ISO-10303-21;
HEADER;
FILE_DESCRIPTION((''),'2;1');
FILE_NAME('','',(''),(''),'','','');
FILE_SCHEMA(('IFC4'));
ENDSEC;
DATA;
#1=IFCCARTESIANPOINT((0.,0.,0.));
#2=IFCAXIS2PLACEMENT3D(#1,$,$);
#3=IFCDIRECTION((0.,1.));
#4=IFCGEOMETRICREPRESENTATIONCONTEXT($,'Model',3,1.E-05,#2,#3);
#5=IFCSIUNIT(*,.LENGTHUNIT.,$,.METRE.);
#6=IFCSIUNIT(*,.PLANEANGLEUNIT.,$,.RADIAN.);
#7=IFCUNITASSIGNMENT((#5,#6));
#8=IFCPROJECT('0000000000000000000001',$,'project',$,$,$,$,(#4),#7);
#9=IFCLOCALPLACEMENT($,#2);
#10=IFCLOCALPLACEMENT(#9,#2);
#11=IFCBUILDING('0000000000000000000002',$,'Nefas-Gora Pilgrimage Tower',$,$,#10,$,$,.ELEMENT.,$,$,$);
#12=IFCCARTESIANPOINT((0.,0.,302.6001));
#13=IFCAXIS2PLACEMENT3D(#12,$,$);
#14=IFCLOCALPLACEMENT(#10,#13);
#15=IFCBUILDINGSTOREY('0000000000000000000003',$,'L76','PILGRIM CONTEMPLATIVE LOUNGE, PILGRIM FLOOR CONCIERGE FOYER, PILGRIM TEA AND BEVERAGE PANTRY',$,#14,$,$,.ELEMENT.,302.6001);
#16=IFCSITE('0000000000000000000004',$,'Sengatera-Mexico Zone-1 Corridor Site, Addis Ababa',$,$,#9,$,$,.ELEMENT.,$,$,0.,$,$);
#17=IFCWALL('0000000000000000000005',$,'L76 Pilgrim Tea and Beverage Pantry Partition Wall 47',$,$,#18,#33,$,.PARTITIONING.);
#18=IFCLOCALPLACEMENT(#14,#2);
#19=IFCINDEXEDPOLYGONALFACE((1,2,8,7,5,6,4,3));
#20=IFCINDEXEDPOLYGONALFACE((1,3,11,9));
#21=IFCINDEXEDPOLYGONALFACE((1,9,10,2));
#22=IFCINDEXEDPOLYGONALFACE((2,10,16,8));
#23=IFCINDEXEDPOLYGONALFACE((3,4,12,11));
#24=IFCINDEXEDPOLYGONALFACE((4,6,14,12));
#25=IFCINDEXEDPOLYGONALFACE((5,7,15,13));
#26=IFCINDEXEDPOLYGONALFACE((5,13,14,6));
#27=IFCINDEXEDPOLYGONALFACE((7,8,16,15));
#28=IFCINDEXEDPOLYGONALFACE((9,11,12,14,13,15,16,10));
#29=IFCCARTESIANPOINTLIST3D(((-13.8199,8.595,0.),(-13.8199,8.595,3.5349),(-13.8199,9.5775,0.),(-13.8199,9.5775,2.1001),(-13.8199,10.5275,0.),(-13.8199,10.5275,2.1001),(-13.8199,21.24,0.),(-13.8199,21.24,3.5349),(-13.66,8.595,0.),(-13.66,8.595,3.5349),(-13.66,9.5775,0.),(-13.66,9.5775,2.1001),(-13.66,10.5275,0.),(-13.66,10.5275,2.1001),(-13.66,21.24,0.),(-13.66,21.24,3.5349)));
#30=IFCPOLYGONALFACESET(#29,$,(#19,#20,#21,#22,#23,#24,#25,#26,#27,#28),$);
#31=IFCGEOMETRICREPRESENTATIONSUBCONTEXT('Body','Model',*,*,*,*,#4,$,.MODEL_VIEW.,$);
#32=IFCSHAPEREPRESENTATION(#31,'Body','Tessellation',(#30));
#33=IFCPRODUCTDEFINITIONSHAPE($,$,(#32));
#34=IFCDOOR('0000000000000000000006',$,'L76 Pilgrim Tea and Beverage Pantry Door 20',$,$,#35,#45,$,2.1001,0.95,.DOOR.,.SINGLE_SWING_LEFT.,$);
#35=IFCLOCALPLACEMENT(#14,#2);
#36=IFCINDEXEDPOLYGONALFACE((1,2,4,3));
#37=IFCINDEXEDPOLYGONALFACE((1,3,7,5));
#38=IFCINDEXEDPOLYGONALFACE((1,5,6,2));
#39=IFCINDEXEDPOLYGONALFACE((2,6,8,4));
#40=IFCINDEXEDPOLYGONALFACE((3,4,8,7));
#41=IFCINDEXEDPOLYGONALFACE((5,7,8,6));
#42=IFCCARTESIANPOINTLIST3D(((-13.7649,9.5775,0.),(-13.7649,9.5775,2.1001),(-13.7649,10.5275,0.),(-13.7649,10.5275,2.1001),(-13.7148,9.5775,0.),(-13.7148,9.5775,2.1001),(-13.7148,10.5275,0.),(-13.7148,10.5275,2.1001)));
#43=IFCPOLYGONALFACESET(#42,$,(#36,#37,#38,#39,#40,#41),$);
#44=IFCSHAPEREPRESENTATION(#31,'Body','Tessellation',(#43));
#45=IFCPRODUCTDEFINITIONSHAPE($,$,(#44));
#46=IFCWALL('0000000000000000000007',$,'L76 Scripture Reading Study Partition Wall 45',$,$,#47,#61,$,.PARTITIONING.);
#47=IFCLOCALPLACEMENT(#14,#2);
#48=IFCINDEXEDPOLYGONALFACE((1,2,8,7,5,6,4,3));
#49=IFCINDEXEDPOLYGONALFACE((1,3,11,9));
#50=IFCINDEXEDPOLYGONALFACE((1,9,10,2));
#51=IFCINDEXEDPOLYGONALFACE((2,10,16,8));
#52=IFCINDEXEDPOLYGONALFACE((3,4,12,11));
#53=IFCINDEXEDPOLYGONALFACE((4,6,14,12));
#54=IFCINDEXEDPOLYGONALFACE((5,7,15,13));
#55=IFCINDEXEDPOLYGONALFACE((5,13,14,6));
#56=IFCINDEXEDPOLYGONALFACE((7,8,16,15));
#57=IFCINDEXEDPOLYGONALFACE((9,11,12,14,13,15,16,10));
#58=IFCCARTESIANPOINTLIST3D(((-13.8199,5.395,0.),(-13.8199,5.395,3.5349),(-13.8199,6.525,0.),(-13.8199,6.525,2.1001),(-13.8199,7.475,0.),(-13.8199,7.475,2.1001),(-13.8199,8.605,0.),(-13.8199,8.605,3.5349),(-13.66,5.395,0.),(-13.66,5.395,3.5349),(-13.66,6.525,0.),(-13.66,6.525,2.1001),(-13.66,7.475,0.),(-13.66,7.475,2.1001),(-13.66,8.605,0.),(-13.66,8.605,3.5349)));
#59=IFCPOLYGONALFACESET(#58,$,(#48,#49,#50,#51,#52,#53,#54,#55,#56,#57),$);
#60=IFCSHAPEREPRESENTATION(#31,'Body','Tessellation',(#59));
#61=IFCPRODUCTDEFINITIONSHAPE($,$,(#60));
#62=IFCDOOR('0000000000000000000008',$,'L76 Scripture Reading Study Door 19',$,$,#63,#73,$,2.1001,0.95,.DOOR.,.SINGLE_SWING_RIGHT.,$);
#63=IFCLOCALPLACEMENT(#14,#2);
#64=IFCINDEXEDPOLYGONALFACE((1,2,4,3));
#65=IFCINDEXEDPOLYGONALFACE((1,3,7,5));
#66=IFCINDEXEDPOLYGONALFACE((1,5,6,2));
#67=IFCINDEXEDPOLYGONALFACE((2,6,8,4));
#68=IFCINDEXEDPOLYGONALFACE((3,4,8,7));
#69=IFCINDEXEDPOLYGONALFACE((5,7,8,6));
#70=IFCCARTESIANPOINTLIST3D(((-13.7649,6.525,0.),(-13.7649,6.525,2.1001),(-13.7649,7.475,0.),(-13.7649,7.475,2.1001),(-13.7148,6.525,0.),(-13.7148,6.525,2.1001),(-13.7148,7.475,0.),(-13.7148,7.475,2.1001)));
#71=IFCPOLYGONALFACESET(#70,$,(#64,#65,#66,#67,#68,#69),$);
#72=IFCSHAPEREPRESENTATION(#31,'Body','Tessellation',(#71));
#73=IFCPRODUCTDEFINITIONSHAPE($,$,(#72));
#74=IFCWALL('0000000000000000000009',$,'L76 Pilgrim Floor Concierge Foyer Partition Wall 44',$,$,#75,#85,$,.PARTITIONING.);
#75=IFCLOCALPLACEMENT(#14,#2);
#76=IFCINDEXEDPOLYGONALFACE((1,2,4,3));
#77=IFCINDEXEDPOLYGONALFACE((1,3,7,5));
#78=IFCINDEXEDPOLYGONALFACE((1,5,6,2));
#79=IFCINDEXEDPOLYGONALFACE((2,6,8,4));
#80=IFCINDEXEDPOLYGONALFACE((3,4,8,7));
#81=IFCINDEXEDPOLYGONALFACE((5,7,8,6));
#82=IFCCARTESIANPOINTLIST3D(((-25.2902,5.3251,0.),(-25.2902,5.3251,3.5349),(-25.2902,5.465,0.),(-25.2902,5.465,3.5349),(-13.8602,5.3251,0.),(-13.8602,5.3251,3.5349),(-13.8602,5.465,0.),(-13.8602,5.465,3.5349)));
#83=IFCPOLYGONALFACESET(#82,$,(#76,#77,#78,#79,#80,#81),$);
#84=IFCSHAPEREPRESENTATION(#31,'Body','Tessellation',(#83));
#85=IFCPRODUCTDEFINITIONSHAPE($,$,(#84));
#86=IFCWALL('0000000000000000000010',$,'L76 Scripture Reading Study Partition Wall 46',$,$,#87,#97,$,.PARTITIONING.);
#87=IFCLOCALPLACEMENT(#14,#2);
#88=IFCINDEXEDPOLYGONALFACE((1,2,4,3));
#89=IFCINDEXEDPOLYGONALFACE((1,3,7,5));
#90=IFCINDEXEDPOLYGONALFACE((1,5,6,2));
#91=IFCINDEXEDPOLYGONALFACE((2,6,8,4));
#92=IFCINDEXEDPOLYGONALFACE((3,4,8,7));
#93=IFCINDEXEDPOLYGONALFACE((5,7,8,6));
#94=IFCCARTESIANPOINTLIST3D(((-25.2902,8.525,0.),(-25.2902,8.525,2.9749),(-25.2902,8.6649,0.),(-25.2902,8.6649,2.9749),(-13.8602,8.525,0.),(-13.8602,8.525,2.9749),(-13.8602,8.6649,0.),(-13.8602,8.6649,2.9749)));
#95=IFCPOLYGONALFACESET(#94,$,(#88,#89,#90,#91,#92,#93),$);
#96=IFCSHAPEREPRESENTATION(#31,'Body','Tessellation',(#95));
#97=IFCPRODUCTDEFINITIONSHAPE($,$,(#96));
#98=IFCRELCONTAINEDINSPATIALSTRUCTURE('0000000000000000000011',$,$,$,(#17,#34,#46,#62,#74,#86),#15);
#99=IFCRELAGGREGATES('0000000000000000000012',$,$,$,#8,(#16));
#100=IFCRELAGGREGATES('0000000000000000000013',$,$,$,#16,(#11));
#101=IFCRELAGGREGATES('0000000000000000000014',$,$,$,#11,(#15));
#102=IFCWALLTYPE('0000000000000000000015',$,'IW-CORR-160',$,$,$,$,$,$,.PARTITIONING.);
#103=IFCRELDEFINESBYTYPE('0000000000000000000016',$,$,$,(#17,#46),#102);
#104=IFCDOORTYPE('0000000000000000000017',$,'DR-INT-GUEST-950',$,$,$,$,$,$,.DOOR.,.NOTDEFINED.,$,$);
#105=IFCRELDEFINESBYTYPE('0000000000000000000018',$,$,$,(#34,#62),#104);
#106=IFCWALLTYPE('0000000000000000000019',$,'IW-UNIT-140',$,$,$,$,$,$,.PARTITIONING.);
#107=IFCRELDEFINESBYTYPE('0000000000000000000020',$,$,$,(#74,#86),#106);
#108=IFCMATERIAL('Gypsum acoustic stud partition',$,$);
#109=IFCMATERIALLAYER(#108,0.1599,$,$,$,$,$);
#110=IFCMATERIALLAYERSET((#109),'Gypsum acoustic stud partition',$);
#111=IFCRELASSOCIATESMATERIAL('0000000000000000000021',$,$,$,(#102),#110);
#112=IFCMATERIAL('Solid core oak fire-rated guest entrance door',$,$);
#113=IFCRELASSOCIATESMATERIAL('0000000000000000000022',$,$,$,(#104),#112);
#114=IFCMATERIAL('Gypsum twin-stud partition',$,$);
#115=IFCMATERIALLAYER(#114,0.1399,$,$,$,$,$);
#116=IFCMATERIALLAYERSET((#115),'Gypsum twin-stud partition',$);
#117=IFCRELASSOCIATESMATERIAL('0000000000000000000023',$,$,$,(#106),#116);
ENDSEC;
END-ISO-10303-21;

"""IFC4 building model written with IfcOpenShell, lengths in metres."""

from ifc_helpers import new_model, si_unit, direction, frame, frame_2d, origin, place, context, subcontext, project, spatial, rectangle, extrude, source, transform, mapped, material, layer, layer_set, type_object, element, fill, save


model = new_model("IFC4")

# Units and contexts
model_context = context("Model", 3, precision=1e-05, world=origin(), true_north=direction((0.0, 1.0)))
body_context = subcontext(model_context, "Body", "Model", "MODEL_VIEW")
ifc_project = project(units=[si_unit("LENGTHUNIT", "METRE"), si_unit("PLANEANGLEUNIT", "RADIAN")], contexts=[model_context])

# Site, building, storey
site_placement = place(None, origin())
site = spatial("IfcSite", under=ifc_project, at=site_placement, Name="Sengatera-Mexico Zone-1 Corridor Site, Addis Ababa", CompositionType="ELEMENT", RefElevation=0.0)
building_placement = place(site_placement, origin())
building = spatial("IfcBuilding", under=site, at=building_placement, Name="Nefas-Gora Pilgrimage Tower", CompositionType="ELEMENT")
storey_placement = place(building_placement, frame((0.0, 0.0, 302.6001)))
storey = spatial("IfcBuildingStorey", under=building, at=storey_placement, Name="L76", Description="PILGRIM CONTEMPLATIVE LOUNGE, PILGRIM FLOOR CONCIERGE FOYER, PILGRIM TEA AND BEVERAGE PANTRY", CompositionType="ELEMENT", Elevation=302.6001)

# Walls, openings, doors
ifc_material_1 = material(Name="Gypsum acoustic stud partition")
ifc_layer_1 = layer(ifc_material_1, 0.1599)
ifc_layer_set_1 = layer_set([ifc_layer_1], Name="Gypsum acoustic stud partition")
wall_type_1 = type_object("IfcWallType", Name="IW-CORR-160", PredefinedType="PARTITIONING", material=ifc_layer_set_1)
shared_shape_1 = source(origin(), body_context, "Body", "SweptSolid", [
    extrude(rectangle(XDim=12.645, YDim=0.1599, at=frame_2d((6.3225, 0.0))), origin(), (0.0, 0.0, 1.0), 3.5349),
])
wall_1_placement = place(storey_placement, frame((-13.74, 8.595, 0.0), z_axis=(0.0, 0.0, 1.0), x_axis=(0.0, 1.0, 0.0)))
wall_1 = element("IfcWall", 1, at=wall_1_placement, inside=storey, type_object=wall_type_1, Name="L76 Pilgrim Tea and Beverage Pantry Partition Wall 47", PredefinedType="PARTITIONING", context=body_context, shape_type="MappedRepresentation", body=[
    mapped(shared_shape_1, transform((0.0, 0.0, 0.0), x_axis=(1.0, 0.0, 0.0), y_axis=(0.0, 1.0, 0.0), z_axis=(0.0, 0.0, 1.0), scale=1.0)),
])
opening_1_placement = place(wall_1_placement, frame((0.9824, 0.0, 0.0)))
opening_1 = element("IfcOpeningElement", 2, at=opening_1_placement, cuts=wall_1, PredefinedType="OPENING", context=body_context, shape_type="SweptSolid", body=[
    extrude(rectangle(XDim=0.95, YDim=2.1001, at=frame_2d((0.4751, 1.05))), frame((0.0, 0.0898, 0.0), z_axis=(0.0, -1.0, 0.0), x_axis=(1.0, 0.0, 0.0)), (0.0, 0.0, 1.0), 0.1799),
])
ifc_material_2 = material(Name="Solid core oak fire-rated guest entrance door")
door_type = type_object("IfcDoorType", Name="DR-INT-GUEST-950", OperationType="NOTDEFINED", PredefinedType="DOOR", material=ifc_material_2)
shared_shape_2 = source(origin(), body_context, "Body", "SweptSolid", [
    extrude(rectangle(XDim=0.95, YDim=2.1001, at=frame_2d((0.4751, 1.05))), frame((0.0, 0.0249, 0.0), z_axis=(0.0, -1.0, 0.0), x_axis=(1.0, 0.0, 0.0)), (0.0, 0.0, 1.0), 0.05),
])
door_1_placement = place(opening_1_placement, origin())
door_1 = element("IfcDoor", 3, at=door_1_placement, inside=storey, type_object=door_type, Name="L76 Pilgrim Tea and Beverage Pantry Door 20", OperationType="SINGLE_SWING_LEFT", OverallHeight=2.1001, OverallWidth=0.95, PredefinedType="DOOR", context=body_context, shape_type="MappedRepresentation", body=[
    mapped(shared_shape_2, transform((0.0, 0.0, 0.0), x_axis=(1.0, 0.0, 0.0), y_axis=(0.0, 1.0, 0.0), z_axis=(0.0, 0.0, 1.0), scale=1.0)),
])
fill(opening_1, door_1)
shared_shape_3 = source(origin(), body_context, "Body", "SweptSolid", [
    extrude(rectangle(XDim=3.21, YDim=0.1599, at=frame_2d((1.605, 0.0))), origin(), (0.0, 0.0, 1.0), 3.5349),
])
wall_2_placement = place(storey_placement, frame((-13.74, 5.395, 0.0), z_axis=(0.0, 0.0, 1.0), x_axis=(0.0, 1.0, 0.0)))
wall_2 = element("IfcWall", 4, at=wall_2_placement, inside=storey, type_object=wall_type_1, Name="L76 Scripture Reading Study Partition Wall 45", PredefinedType="PARTITIONING", context=body_context, shape_type="MappedRepresentation", body=[
    mapped(shared_shape_3, transform((0.0, 0.0, 0.0), x_axis=(1.0, 0.0, 0.0), y_axis=(0.0, 1.0, 0.0), z_axis=(0.0, 0.0, 1.0), scale=1.0)),
])
opening_2_placement = place(wall_2_placement, frame((1.1299, 0.0, 0.0)))
opening_2 = element("IfcOpeningElement", 5, at=opening_2_placement, cuts=wall_2, PredefinedType="OPENING", context=body_context, shape_type="SweptSolid", body=[
    extrude(rectangle(XDim=0.95, YDim=2.1001, at=frame_2d((0.4751, 1.05))), frame((0.0, 0.0898, 0.0), z_axis=(0.0, -1.0, 0.0), x_axis=(1.0, 0.0, 0.0)), (0.0, 0.0, 1.0), 0.1799),
])
door_2_placement = place(opening_2_placement, origin())
door_2 = element("IfcDoor", 6, at=door_2_placement, inside=storey, type_object=door_type, Name="L76 Scripture Reading Study Door 19", OperationType="SINGLE_SWING_RIGHT", OverallHeight=2.1001, OverallWidth=0.95, PredefinedType="DOOR", context=body_context, shape_type="MappedRepresentation", body=[
    mapped(shared_shape_2, transform((0.0, 0.0, 0.0), x_axis=(1.0, 0.0, 0.0), y_axis=(0.0, 1.0, 0.0), z_axis=(0.0, 0.0, 1.0), scale=1.0)),
])
fill(opening_2, door_2)

# Walls
ifc_material_3 = material(Name="Gypsum twin-stud partition")
ifc_layer_2 = layer(ifc_material_3, 0.1399)
ifc_layer_set_2 = layer_set([ifc_layer_2], Name="Gypsum twin-stud partition")
wall_type_2 = type_object("IfcWallType", Name="IW-UNIT-140", PredefinedType="PARTITIONING", material=ifc_layer_set_2)
shared_shape_4 = source(origin(), body_context, "Body", "SweptSolid", [
    extrude(rectangle(XDim=11.4299, YDim=0.1399, at=frame_2d((5.7148, 0.0))), origin(), (0.0, 0.0, 1.0), 3.5349),
])
wall_3_placement = place(storey_placement, frame((-25.29, 5.395, 0.0), z_axis=(0.0, 0.0, 1.0), x_axis=(1.0, 0.0, 0.0)))
element("IfcWall", 7, at=wall_3_placement, inside=storey, type_object=wall_type_2, Name="L76 Pilgrim Floor Concierge Foyer Partition Wall 44", PredefinedType="PARTITIONING", context=body_context, shape_type="MappedRepresentation", body=[
    mapped(shared_shape_4, transform((0.0, 0.0, 0.0), x_axis=(1.0, 0.0, 0.0), y_axis=(0.0, 1.0, 0.0), z_axis=(0.0, 0.0, 1.0), scale=1.0)),
])
shared_shape_5 = source(origin(), body_context, "Body", "SweptSolid", [
    extrude(rectangle(XDim=11.4299, YDim=0.1399, at=frame_2d((5.7148, 0.0))), origin(), (0.0, 0.0, 1.0), 2.9749),
])
wall_4_placement = place(storey_placement, frame((-25.29, 8.595, 0.0), z_axis=(0.0, 0.0, 1.0), x_axis=(1.0, 0.0, 0.0)))
element("IfcWall", 8, at=wall_4_placement, inside=storey, type_object=wall_type_2, Name="L76 Scripture Reading Study Partition Wall 46", PredefinedType="PARTITIONING", context=body_context, shape_type="MappedRepresentation", body=[
    mapped(shared_shape_5, transform((0.0, 0.0, 0.0), x_axis=(1.0, 0.0, 0.0), y_axis=(0.0, 1.0, 0.0), z_axis=(0.0, 0.0, 1.0), scale=1.0)),
])

save(model, "model.ifc")
